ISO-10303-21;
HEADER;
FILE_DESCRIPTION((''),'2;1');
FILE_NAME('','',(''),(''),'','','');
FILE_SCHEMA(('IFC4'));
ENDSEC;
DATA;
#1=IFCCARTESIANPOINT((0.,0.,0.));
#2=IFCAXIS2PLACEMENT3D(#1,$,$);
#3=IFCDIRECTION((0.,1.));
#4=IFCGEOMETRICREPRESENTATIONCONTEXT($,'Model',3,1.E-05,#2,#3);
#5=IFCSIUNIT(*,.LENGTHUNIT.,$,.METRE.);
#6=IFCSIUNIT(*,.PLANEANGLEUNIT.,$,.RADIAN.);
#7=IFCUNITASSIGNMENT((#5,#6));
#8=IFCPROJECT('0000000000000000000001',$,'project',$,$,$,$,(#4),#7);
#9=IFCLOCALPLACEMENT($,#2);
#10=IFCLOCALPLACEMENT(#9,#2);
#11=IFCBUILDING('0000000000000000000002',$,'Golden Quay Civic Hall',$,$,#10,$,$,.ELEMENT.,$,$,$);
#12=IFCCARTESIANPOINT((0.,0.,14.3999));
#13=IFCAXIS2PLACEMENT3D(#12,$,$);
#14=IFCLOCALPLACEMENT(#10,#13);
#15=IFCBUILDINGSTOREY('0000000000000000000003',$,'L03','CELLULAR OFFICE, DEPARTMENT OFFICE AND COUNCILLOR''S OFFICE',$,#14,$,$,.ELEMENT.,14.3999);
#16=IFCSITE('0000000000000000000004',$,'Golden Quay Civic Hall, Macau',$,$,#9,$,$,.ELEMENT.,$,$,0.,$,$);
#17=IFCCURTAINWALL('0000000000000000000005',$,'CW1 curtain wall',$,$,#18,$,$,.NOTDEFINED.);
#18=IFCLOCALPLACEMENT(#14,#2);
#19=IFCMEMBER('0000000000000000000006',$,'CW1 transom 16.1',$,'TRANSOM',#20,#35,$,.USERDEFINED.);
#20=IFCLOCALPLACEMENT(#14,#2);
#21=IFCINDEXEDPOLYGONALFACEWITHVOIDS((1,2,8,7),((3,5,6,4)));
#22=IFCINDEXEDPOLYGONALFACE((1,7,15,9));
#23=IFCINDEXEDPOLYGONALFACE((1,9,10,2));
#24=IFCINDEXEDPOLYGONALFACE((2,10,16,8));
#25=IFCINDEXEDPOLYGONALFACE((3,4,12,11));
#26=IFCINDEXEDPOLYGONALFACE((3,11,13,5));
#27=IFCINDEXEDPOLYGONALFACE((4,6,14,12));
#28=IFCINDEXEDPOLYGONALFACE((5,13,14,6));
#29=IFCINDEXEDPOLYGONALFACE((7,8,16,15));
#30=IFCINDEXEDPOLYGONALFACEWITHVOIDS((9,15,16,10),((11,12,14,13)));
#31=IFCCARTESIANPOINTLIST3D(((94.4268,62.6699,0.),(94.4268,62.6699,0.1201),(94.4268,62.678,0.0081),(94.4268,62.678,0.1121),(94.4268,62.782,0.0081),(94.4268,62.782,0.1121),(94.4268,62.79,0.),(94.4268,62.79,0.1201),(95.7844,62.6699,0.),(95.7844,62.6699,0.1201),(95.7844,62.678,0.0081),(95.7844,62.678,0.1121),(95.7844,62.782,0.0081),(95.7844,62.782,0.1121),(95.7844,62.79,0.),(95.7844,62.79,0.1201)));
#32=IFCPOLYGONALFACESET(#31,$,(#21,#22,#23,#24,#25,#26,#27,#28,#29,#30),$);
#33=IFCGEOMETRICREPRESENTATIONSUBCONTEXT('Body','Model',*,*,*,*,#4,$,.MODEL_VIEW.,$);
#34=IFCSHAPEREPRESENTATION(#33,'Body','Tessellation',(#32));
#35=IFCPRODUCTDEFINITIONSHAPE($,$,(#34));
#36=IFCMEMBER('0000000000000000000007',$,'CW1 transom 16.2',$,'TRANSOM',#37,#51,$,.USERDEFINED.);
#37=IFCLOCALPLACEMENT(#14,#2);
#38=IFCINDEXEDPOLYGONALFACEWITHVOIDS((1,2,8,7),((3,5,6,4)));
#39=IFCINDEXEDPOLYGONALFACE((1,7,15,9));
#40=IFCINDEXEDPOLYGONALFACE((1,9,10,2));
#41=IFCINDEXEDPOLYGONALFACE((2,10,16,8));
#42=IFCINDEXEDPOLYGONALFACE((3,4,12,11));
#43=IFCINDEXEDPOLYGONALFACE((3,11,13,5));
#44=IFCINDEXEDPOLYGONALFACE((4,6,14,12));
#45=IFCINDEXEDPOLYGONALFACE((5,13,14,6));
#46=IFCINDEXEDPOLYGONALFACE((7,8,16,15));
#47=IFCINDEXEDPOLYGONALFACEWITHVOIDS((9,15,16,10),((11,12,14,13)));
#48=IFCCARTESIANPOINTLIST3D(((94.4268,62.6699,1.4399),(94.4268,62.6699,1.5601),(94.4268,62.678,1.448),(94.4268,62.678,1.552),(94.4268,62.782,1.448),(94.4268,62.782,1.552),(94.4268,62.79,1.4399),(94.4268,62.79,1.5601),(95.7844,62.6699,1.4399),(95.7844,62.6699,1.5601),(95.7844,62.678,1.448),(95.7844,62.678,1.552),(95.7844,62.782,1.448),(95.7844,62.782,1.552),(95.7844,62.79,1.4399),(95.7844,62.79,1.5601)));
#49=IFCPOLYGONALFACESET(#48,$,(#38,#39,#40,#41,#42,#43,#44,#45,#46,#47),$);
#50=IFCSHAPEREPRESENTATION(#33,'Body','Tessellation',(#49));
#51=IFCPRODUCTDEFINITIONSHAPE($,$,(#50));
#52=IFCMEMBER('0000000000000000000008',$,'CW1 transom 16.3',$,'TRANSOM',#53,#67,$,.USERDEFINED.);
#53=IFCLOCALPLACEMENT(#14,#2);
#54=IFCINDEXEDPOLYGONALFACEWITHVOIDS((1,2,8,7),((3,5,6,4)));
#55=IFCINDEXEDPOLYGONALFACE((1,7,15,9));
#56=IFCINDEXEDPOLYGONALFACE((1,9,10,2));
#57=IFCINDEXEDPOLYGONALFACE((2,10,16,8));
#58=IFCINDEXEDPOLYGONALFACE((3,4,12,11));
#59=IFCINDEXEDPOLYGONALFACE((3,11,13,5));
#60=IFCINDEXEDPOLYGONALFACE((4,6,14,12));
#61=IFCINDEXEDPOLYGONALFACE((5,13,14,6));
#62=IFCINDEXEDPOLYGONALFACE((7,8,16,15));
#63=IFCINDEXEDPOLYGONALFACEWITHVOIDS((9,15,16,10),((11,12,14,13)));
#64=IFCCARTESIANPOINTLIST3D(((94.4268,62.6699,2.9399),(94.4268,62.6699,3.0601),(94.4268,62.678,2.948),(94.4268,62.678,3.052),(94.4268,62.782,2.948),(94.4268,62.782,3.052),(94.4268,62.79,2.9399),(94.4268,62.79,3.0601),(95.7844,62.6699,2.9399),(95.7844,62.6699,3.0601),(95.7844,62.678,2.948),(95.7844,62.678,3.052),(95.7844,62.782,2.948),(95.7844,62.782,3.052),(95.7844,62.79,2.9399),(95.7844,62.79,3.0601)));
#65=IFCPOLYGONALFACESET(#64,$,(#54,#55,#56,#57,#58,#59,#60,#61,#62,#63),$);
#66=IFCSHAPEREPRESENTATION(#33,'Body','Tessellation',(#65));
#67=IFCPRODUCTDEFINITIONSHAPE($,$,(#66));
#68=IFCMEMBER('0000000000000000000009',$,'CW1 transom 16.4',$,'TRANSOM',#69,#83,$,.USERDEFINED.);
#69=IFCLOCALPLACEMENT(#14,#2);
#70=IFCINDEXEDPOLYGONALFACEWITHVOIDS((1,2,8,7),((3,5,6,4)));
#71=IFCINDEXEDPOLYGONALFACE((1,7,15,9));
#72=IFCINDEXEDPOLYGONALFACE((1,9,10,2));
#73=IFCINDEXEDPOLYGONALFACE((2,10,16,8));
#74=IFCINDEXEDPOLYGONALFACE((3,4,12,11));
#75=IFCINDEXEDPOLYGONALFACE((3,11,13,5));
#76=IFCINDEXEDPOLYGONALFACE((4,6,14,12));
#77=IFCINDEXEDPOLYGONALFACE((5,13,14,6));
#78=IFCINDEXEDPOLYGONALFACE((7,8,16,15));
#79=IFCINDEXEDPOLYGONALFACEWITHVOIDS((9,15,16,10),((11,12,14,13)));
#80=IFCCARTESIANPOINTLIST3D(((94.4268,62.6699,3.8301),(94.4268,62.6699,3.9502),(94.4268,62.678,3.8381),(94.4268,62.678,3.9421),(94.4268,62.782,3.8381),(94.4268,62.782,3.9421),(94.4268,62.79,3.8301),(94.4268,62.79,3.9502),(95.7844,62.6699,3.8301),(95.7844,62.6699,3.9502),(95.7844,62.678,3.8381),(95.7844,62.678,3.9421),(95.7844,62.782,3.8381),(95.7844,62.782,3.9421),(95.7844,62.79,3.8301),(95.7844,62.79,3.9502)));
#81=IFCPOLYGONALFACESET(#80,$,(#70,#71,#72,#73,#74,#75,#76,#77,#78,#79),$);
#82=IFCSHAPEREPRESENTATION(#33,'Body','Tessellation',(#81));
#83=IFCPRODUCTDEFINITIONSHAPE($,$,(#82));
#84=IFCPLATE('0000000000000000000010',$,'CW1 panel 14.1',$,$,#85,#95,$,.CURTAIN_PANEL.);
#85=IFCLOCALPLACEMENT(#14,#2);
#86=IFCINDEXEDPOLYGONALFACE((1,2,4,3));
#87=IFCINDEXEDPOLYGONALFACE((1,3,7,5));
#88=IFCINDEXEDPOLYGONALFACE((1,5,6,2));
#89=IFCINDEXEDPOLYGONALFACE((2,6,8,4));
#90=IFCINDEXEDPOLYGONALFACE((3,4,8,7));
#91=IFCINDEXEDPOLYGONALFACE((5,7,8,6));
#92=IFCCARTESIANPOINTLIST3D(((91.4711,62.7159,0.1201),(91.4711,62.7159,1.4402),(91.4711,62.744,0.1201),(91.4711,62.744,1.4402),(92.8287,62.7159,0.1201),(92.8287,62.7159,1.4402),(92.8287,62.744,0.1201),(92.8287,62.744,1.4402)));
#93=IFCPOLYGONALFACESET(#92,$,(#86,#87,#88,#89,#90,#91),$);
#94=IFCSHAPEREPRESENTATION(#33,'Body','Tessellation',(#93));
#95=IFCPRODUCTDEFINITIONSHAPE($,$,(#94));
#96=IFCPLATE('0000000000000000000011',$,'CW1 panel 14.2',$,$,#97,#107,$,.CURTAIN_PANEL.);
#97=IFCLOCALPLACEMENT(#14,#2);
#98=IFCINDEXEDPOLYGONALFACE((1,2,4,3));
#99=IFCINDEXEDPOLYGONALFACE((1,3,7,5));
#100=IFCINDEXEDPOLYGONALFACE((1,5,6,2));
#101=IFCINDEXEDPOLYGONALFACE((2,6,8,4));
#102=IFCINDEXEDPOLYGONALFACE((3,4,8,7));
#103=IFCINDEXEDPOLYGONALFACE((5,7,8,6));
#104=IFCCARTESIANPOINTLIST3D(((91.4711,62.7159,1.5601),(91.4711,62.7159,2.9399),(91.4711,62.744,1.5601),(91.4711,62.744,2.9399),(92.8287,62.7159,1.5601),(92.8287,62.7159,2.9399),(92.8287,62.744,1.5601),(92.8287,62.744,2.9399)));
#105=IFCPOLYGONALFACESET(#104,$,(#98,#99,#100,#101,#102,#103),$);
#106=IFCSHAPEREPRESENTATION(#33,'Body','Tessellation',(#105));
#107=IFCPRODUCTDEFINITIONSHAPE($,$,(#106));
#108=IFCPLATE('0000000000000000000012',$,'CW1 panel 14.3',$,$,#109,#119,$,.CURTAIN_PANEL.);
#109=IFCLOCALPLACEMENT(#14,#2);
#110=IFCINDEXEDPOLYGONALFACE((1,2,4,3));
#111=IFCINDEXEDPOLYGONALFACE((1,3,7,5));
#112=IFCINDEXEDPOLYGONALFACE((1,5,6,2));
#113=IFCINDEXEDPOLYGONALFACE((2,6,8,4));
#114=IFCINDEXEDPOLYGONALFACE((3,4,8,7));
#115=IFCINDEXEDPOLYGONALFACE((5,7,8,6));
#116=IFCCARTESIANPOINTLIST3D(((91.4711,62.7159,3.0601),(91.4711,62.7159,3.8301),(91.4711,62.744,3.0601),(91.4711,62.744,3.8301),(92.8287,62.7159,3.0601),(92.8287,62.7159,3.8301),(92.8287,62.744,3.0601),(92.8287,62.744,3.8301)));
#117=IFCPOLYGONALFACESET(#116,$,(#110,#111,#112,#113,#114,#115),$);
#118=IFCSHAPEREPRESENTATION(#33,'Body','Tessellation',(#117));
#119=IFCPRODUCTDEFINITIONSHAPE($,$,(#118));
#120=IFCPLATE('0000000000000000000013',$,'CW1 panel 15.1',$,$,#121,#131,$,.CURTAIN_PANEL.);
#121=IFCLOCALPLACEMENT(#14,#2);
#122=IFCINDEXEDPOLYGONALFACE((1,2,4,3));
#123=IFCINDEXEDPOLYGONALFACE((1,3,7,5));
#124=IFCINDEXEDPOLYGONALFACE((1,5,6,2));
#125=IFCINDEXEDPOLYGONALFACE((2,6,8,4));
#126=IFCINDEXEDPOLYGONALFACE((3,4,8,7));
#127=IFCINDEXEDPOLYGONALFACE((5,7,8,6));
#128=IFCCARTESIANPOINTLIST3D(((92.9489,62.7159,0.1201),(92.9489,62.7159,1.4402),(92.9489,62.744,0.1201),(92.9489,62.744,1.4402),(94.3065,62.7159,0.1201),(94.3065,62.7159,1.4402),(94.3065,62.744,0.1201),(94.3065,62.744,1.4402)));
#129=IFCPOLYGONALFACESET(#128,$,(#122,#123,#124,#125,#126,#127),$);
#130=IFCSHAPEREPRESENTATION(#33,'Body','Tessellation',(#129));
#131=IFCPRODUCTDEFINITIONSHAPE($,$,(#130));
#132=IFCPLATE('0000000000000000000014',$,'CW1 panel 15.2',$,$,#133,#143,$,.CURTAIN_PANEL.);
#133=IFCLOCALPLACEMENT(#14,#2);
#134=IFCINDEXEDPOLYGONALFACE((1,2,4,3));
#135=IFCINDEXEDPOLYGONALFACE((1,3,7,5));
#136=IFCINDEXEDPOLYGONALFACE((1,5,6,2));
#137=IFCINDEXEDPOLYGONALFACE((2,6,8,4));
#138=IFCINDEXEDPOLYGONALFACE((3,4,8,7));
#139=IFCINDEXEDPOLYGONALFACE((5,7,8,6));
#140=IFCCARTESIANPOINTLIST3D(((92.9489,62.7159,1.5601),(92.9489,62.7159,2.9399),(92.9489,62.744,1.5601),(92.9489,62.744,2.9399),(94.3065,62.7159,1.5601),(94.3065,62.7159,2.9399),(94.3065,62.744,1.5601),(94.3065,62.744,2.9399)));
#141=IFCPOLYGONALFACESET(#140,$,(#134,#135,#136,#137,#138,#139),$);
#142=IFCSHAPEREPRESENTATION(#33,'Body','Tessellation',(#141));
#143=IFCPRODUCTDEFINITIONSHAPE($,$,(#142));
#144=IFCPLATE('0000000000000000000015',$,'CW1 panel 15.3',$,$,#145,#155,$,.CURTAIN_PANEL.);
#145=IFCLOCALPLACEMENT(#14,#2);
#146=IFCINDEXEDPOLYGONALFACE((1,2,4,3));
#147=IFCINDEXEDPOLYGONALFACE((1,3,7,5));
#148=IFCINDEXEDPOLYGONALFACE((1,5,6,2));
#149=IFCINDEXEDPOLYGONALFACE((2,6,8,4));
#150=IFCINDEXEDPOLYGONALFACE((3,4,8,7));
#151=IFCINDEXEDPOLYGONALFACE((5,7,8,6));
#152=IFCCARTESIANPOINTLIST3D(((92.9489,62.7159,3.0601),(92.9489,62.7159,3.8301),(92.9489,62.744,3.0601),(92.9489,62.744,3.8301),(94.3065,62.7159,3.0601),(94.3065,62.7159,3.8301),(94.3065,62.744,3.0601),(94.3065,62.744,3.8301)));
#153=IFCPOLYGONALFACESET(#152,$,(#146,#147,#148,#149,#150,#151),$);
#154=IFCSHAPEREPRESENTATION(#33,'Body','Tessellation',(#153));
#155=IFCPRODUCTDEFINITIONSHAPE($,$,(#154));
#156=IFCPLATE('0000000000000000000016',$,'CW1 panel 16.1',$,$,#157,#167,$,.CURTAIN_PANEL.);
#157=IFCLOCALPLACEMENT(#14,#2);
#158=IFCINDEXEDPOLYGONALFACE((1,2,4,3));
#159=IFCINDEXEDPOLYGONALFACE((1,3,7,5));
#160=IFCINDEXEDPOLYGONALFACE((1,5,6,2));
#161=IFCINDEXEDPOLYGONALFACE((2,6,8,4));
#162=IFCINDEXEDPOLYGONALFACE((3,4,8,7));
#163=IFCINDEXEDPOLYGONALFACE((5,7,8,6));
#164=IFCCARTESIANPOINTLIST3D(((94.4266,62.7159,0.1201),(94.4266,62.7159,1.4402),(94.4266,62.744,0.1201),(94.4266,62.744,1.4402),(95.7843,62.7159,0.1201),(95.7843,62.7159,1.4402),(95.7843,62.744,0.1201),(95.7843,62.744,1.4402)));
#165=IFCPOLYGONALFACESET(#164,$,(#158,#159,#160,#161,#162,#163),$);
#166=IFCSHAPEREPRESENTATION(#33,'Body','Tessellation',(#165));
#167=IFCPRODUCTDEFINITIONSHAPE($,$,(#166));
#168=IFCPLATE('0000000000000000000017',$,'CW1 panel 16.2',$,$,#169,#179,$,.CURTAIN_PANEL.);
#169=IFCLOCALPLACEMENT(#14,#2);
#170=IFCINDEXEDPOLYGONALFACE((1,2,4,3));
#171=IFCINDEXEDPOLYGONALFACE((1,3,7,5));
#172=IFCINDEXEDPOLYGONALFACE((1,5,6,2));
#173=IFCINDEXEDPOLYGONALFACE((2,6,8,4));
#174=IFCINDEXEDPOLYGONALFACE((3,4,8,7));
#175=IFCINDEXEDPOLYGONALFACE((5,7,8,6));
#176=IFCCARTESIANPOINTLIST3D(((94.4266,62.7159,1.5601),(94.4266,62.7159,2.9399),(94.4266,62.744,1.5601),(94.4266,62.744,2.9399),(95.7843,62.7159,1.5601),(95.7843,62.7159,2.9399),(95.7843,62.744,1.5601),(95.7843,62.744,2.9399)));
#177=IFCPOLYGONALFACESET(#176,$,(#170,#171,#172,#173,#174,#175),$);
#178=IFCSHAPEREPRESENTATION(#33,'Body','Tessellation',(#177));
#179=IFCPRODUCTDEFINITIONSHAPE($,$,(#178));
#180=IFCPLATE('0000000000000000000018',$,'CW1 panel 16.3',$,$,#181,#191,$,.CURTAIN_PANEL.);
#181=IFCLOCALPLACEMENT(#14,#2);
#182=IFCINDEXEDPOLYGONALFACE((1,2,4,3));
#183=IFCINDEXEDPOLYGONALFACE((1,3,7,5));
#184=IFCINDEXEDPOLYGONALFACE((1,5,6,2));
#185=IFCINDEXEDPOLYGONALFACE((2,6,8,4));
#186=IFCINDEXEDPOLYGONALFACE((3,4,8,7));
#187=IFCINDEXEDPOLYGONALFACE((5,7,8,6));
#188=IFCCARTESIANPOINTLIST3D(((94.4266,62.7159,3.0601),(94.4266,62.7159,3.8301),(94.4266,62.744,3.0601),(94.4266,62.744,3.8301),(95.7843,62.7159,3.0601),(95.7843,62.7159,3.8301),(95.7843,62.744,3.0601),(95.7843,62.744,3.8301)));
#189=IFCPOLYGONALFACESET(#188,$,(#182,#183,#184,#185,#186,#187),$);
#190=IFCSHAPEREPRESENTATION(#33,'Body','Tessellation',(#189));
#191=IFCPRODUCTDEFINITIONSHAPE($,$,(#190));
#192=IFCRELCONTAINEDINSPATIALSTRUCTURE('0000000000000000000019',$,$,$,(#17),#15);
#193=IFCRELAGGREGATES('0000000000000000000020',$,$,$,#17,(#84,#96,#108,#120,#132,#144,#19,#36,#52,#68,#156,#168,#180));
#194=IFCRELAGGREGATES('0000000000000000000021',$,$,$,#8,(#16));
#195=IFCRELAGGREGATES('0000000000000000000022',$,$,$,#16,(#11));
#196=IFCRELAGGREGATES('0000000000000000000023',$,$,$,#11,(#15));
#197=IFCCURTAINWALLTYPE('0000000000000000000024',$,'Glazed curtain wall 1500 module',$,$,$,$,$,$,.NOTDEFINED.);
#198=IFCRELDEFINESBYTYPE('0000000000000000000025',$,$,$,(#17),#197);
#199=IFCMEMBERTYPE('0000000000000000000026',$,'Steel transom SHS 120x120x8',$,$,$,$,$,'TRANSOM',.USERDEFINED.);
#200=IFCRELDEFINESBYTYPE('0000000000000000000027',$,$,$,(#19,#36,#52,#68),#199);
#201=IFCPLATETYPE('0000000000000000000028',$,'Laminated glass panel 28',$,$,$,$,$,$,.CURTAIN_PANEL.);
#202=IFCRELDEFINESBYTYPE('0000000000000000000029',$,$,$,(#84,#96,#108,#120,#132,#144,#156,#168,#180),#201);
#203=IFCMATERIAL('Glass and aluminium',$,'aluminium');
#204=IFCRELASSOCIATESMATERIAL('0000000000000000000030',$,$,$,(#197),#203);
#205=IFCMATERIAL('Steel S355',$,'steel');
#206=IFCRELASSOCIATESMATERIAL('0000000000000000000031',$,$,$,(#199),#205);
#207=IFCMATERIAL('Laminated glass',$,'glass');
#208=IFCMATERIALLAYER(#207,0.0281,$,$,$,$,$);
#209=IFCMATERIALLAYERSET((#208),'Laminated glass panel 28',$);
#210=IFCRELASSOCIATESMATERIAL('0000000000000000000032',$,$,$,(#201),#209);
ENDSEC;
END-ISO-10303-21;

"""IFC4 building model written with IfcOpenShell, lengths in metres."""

from ifc_helpers import new_model, si_unit, direction, frame, origin, origin_2d, place, context, subcontext, project, spatial, rectangle, hollow_rectangle, extrude, material, layer, layer_set, material_profile, profile_set, type_object, element, aggregate, save


model = new_model("IFC4")

# Units and contexts
model_context = context("Model", 3, precision=1e-05, world=origin(), true_north=direction((0.0, 1.0)))
body_context = subcontext(model_context, "Body", "Model", "MODEL_VIEW")
ifc_project = project(units=[si_unit("LENGTHUNIT", "METRE"), si_unit("PLANEANGLEUNIT", "RADIAN")], contexts=[model_context])

# Site, building, storey
site_placement = place(None, origin())
site = spatial("IfcSite", under=ifc_project, at=site_placement, Name="Golden Quay Civic Hall, Macau", CompositionType="ELEMENT", RefElevation=0.0)
building_placement = place(site_placement, origin())
building = spatial("IfcBuilding", under=site, at=building_placement, Name="Golden Quay Civic Hall", CompositionType="ELEMENT")
storey_placement = place(building_placement, frame((0.0, 0.0, 14.3999)))
storey = spatial("IfcBuildingStorey", under=building, at=storey_placement, Name="L03", Description="CELLULAR OFFICE, DEPARTMENT OFFICE AND COUNCILLOR'S OFFICE", CompositionType="ELEMENT", Elevation=14.3999)

# Curtain wall, members, plates
ifc_material_1 = material(Name="Glass and aluminium", Category="aluminium")
curtain_wall_type = type_object("IfcCurtainWallType", Name="Glazed curtain wall 1500 module", PredefinedType="NOTDEFINED", material=ifc_material_1)
curtain_wall_placement = place(storey_placement, origin())
curtain_wall = element("IfcCurtainWall", 1, at=curtain_wall_placement, inside=storey, type_object=curtain_wall_type, Name="CW1 curtain wall", PredefinedType="NOTDEFINED")
ifc_material_2 = material(Name="Steel S355", Category="steel")
ifc_material_profile_1 = material_profile(ifc_material_2, hollow_rectangle(XDim=0.1201, YDim=0.1201, WallThickness=0.0081, at=origin_2d()), Name="SHS 120x120x8")
ifc_profile_set_1 = profile_set([ifc_material_profile_1], Name="Steel S355")
member_type_1 = type_object("IfcMemberType", Name="Steel transom SHS 120x120x8", ElementType="TRANSOM", PredefinedType="USERDEFINED", material=ifc_profile_set_1)
member_1_placement = place(storey_placement, frame((94.4268, 62.73, 0.0601), z_axis=(1.0, 0.0, 0.0), x_axis=(0.0, 1.0, 0.0)))
member_1 = element("IfcMember", 2, at=member_1_placement, type_object=member_type_1, Name="CW1 transom 16.1", ObjectType="TRANSOM", PredefinedType="USERDEFINED", context=body_context, shape_type="SweptSolid", body=[
    extrude(hollow_rectangle(XDim=0.1201, YDim=0.1201, WallThickness=0.0081, at=origin_2d()), origin(), (0.0, 0.0, 1.0), 1.3577),
])
member_2_placement = place(storey_placement, frame((94.4268, 62.73, 1.5), z_axis=(1.0, 0.0, 0.0), x_axis=(0.0, 1.0, 0.0)))
member_2 = element("IfcMember", 3, at=member_2_placement, type_object=member_type_1, Name="CW1 transom 16.2", ObjectType="TRANSOM", PredefinedType="USERDEFINED", context=body_context, shape_type="SweptSolid", body=[
    extrude(hollow_rectangle(XDim=0.1201, YDim=0.1201, WallThickness=0.0081, at=origin_2d()), origin(), (0.0, 0.0, 1.0), 1.3577),
])
member_3_placement = place(storey_placement, frame((94.4268, 62.73, 3.0), z_axis=(1.0, 0.0, 0.0), x_axis=(0.0, 1.0, 0.0)))
member_3 = element("IfcMember", 4, at=member_3_placement, type_object=member_type_1, Name="CW1 transom 16.3", ObjectType="TRANSOM", PredefinedType="USERDEFINED", context=body_context, shape_type="SweptSolid", body=[
    extrude(hollow_rectangle(XDim=0.1201, YDim=0.1201, WallThickness=0.0081, at=origin_2d()), origin(), (0.0, 0.0, 1.0), 1.3577),
])
member_4_placement = place(storey_placement, frame((94.4268, 62.73, 3.8901), z_axis=(1.0, 0.0, 0.0), x_axis=(0.0, 1.0, 0.0)))
member_4 = element("IfcMember", 5, at=member_4_placement, type_object=member_type_1, Name="CW1 transom 16.4", ObjectType="TRANSOM", PredefinedType="USERDEFINED", context=body_context, shape_type="SweptSolid", body=[
    extrude(hollow_rectangle(XDim=0.1201, YDim=0.1201, WallThickness=0.0081, at=origin_2d()), origin(), (0.0, 0.0, 1.0), 1.3577),
])
ifc_material_3 = material(Name="Laminated glass", Category="glass")
ifc_layer = layer(ifc_material_3, 0.0281)
ifc_layer_set = layer_set([ifc_layer], Name="Laminated glass panel 28")
plate_type = type_object("IfcPlateType", Name="Laminated glass panel 28", PredefinedType="CURTAIN_PANEL", material=ifc_layer_set)
plate_1_placement = place(storey_placement, frame((92.1499, 62.73, 0.1201), z_axis=(0.0, 0.0, 1.0), x_axis=(1.0, 0.0, 0.0)))
plate_1 = element("IfcPlate", 6, at=plate_1_placement, type_object=plate_type, Name="CW1 panel 14.1", PredefinedType="CURTAIN_PANEL", context=body_context, shape_type="SweptSolid", body=[
    extrude(rectangle(XDim=1.3577, YDim=0.0281, at=origin_2d()), origin(), (0.0, 0.0, 1.0), 1.3201),
])
plate_2_placement = place(storey_placement, frame((92.1499, 62.73, 1.5601), z_axis=(0.0, 0.0, 1.0), x_axis=(1.0, 0.0, 0.0)))
plate_2 = element("IfcPlate", 7, at=plate_2_placement, type_object=plate_type, Name="CW1 panel 14.2", PredefinedType="CURTAIN_PANEL", context=body_context, shape_type="SweptSolid", body=[
    extrude(rectangle(XDim=1.3577, YDim=0.0281, at=origin_2d()), origin(), (0.0, 0.0, 1.0), 1.3799),
])
plate_3_placement = place(storey_placement, frame((92.1499, 62.73, 3.0601), z_axis=(0.0, 0.0, 1.0), x_axis=(1.0, 0.0, 0.0)))
plate_3 = element("IfcPlate", 8, at=plate_3_placement, type_object=plate_type, Name="CW1 panel 14.3", PredefinedType="CURTAIN_PANEL", context=body_context, shape_type="SweptSolid", body=[
    extrude(rectangle(XDim=1.3577, YDim=0.0281, at=origin_2d()), origin(), (0.0, 0.0, 1.0), 0.77),
])
plate_4_placement = place(storey_placement, frame((93.6277, 62.73, 0.1201), z_axis=(0.0, 0.0, 1.0), x_axis=(1.0, 0.0, 0.0)))
plate_4 = element("IfcPlate", 9, at=plate_4_placement, type_object=plate_type, Name="CW1 panel 15.1", PredefinedType="CURTAIN_PANEL", context=body_context, shape_type="SweptSolid", body=[
    extrude(rectangle(XDim=1.3577, YDim=0.0281, at=origin_2d()), origin(), (0.0, 0.0, 1.0), 1.3201),
])
plate_5_placement = place(storey_placement, frame((93.6277, 62.73, 1.5601), z_axis=(0.0, 0.0, 1.0), x_axis=(1.0, 0.0, 0.0)))
plate_5 = element("IfcPlate", 10, at=plate_5_placement, type_object=plate_type, Name="CW1 panel 15.2", PredefinedType="CURTAIN_PANEL", context=body_context, shape_type="SweptSolid", body=[
    extrude(rectangle(XDim=1.3577, YDim=0.0281, at=origin_2d()), origin(), (0.0, 0.0, 1.0), 1.3799),
])
plate_6_placement = place(storey_placement, frame((93.6277, 62.73, 3.0601), z_axis=(0.0, 0.0, 1.0), x_axis=(1.0, 0.0, 0.0)))
plate_6 = element("IfcPlate", 11, at=plate_6_placement, type_object=plate_type, Name="CW1 panel 15.3", PredefinedType="CURTAIN_PANEL", context=body_context, shape_type="SweptSolid", body=[
    extrude(rectangle(XDim=1.3577, YDim=0.0281, at=origin_2d()), origin(), (0.0, 0.0, 1.0), 0.77),
])
plate_7_placement = place(storey_placement, frame((95.1055, 62.73, 0.1201), z_axis=(0.0, 0.0, 1.0), x_axis=(1.0, 0.0, 0.0)))
plate_7 = element("IfcPlate", 12, at=plate_7_placement, type_object=plate_type, Name="CW1 panel 16.1", PredefinedType="CURTAIN_PANEL", context=body_context, shape_type="SweptSolid", body=[
    extrude(rectangle(XDim=1.3577, YDim=0.0281, at=origin_2d()), origin(), (0.0, 0.0, 1.0), 1.3201),
])
plate_8_placement = place(storey_placement, frame((95.1055, 62.73, 1.5601), z_axis=(0.0, 0.0, 1.0), x_axis=(1.0, 0.0, 0.0)))
plate_8 = element("IfcPlate", 13, at=plate_8_placement, type_object=plate_type, Name="CW1 panel 16.2", PredefinedType="CURTAIN_PANEL", context=body_context, shape_type="SweptSolid", body=[
    extrude(rectangle(XDim=1.3577, YDim=0.0281, at=origin_2d()), origin(), (0.0, 0.0, 1.0), 1.3799),
])
plate_9_placement = place(storey_placement, frame((95.1055, 62.73, 3.0601), z_axis=(0.0, 0.0, 1.0), x_axis=(1.0, 0.0, 0.0)))
plate_9 = element("IfcPlate", 14, at=plate_9_placement, type_object=plate_type, Name="CW1 panel 16.3", PredefinedType="CURTAIN_PANEL", context=body_context, shape_type="SweptSolid", body=[
    extrude(rectangle(XDim=1.3577, YDim=0.0281, at=origin_2d()), origin(), (0.0, 0.0, 1.0), 0.77),
])
aggregate(curtain_wall, [plate_1, plate_2, plate_3, plate_4, plate_5, plate_6, member_1, member_2, member_3, member_4, plate_7, plate_8, plate_9])

save(model, "model.ifc")
